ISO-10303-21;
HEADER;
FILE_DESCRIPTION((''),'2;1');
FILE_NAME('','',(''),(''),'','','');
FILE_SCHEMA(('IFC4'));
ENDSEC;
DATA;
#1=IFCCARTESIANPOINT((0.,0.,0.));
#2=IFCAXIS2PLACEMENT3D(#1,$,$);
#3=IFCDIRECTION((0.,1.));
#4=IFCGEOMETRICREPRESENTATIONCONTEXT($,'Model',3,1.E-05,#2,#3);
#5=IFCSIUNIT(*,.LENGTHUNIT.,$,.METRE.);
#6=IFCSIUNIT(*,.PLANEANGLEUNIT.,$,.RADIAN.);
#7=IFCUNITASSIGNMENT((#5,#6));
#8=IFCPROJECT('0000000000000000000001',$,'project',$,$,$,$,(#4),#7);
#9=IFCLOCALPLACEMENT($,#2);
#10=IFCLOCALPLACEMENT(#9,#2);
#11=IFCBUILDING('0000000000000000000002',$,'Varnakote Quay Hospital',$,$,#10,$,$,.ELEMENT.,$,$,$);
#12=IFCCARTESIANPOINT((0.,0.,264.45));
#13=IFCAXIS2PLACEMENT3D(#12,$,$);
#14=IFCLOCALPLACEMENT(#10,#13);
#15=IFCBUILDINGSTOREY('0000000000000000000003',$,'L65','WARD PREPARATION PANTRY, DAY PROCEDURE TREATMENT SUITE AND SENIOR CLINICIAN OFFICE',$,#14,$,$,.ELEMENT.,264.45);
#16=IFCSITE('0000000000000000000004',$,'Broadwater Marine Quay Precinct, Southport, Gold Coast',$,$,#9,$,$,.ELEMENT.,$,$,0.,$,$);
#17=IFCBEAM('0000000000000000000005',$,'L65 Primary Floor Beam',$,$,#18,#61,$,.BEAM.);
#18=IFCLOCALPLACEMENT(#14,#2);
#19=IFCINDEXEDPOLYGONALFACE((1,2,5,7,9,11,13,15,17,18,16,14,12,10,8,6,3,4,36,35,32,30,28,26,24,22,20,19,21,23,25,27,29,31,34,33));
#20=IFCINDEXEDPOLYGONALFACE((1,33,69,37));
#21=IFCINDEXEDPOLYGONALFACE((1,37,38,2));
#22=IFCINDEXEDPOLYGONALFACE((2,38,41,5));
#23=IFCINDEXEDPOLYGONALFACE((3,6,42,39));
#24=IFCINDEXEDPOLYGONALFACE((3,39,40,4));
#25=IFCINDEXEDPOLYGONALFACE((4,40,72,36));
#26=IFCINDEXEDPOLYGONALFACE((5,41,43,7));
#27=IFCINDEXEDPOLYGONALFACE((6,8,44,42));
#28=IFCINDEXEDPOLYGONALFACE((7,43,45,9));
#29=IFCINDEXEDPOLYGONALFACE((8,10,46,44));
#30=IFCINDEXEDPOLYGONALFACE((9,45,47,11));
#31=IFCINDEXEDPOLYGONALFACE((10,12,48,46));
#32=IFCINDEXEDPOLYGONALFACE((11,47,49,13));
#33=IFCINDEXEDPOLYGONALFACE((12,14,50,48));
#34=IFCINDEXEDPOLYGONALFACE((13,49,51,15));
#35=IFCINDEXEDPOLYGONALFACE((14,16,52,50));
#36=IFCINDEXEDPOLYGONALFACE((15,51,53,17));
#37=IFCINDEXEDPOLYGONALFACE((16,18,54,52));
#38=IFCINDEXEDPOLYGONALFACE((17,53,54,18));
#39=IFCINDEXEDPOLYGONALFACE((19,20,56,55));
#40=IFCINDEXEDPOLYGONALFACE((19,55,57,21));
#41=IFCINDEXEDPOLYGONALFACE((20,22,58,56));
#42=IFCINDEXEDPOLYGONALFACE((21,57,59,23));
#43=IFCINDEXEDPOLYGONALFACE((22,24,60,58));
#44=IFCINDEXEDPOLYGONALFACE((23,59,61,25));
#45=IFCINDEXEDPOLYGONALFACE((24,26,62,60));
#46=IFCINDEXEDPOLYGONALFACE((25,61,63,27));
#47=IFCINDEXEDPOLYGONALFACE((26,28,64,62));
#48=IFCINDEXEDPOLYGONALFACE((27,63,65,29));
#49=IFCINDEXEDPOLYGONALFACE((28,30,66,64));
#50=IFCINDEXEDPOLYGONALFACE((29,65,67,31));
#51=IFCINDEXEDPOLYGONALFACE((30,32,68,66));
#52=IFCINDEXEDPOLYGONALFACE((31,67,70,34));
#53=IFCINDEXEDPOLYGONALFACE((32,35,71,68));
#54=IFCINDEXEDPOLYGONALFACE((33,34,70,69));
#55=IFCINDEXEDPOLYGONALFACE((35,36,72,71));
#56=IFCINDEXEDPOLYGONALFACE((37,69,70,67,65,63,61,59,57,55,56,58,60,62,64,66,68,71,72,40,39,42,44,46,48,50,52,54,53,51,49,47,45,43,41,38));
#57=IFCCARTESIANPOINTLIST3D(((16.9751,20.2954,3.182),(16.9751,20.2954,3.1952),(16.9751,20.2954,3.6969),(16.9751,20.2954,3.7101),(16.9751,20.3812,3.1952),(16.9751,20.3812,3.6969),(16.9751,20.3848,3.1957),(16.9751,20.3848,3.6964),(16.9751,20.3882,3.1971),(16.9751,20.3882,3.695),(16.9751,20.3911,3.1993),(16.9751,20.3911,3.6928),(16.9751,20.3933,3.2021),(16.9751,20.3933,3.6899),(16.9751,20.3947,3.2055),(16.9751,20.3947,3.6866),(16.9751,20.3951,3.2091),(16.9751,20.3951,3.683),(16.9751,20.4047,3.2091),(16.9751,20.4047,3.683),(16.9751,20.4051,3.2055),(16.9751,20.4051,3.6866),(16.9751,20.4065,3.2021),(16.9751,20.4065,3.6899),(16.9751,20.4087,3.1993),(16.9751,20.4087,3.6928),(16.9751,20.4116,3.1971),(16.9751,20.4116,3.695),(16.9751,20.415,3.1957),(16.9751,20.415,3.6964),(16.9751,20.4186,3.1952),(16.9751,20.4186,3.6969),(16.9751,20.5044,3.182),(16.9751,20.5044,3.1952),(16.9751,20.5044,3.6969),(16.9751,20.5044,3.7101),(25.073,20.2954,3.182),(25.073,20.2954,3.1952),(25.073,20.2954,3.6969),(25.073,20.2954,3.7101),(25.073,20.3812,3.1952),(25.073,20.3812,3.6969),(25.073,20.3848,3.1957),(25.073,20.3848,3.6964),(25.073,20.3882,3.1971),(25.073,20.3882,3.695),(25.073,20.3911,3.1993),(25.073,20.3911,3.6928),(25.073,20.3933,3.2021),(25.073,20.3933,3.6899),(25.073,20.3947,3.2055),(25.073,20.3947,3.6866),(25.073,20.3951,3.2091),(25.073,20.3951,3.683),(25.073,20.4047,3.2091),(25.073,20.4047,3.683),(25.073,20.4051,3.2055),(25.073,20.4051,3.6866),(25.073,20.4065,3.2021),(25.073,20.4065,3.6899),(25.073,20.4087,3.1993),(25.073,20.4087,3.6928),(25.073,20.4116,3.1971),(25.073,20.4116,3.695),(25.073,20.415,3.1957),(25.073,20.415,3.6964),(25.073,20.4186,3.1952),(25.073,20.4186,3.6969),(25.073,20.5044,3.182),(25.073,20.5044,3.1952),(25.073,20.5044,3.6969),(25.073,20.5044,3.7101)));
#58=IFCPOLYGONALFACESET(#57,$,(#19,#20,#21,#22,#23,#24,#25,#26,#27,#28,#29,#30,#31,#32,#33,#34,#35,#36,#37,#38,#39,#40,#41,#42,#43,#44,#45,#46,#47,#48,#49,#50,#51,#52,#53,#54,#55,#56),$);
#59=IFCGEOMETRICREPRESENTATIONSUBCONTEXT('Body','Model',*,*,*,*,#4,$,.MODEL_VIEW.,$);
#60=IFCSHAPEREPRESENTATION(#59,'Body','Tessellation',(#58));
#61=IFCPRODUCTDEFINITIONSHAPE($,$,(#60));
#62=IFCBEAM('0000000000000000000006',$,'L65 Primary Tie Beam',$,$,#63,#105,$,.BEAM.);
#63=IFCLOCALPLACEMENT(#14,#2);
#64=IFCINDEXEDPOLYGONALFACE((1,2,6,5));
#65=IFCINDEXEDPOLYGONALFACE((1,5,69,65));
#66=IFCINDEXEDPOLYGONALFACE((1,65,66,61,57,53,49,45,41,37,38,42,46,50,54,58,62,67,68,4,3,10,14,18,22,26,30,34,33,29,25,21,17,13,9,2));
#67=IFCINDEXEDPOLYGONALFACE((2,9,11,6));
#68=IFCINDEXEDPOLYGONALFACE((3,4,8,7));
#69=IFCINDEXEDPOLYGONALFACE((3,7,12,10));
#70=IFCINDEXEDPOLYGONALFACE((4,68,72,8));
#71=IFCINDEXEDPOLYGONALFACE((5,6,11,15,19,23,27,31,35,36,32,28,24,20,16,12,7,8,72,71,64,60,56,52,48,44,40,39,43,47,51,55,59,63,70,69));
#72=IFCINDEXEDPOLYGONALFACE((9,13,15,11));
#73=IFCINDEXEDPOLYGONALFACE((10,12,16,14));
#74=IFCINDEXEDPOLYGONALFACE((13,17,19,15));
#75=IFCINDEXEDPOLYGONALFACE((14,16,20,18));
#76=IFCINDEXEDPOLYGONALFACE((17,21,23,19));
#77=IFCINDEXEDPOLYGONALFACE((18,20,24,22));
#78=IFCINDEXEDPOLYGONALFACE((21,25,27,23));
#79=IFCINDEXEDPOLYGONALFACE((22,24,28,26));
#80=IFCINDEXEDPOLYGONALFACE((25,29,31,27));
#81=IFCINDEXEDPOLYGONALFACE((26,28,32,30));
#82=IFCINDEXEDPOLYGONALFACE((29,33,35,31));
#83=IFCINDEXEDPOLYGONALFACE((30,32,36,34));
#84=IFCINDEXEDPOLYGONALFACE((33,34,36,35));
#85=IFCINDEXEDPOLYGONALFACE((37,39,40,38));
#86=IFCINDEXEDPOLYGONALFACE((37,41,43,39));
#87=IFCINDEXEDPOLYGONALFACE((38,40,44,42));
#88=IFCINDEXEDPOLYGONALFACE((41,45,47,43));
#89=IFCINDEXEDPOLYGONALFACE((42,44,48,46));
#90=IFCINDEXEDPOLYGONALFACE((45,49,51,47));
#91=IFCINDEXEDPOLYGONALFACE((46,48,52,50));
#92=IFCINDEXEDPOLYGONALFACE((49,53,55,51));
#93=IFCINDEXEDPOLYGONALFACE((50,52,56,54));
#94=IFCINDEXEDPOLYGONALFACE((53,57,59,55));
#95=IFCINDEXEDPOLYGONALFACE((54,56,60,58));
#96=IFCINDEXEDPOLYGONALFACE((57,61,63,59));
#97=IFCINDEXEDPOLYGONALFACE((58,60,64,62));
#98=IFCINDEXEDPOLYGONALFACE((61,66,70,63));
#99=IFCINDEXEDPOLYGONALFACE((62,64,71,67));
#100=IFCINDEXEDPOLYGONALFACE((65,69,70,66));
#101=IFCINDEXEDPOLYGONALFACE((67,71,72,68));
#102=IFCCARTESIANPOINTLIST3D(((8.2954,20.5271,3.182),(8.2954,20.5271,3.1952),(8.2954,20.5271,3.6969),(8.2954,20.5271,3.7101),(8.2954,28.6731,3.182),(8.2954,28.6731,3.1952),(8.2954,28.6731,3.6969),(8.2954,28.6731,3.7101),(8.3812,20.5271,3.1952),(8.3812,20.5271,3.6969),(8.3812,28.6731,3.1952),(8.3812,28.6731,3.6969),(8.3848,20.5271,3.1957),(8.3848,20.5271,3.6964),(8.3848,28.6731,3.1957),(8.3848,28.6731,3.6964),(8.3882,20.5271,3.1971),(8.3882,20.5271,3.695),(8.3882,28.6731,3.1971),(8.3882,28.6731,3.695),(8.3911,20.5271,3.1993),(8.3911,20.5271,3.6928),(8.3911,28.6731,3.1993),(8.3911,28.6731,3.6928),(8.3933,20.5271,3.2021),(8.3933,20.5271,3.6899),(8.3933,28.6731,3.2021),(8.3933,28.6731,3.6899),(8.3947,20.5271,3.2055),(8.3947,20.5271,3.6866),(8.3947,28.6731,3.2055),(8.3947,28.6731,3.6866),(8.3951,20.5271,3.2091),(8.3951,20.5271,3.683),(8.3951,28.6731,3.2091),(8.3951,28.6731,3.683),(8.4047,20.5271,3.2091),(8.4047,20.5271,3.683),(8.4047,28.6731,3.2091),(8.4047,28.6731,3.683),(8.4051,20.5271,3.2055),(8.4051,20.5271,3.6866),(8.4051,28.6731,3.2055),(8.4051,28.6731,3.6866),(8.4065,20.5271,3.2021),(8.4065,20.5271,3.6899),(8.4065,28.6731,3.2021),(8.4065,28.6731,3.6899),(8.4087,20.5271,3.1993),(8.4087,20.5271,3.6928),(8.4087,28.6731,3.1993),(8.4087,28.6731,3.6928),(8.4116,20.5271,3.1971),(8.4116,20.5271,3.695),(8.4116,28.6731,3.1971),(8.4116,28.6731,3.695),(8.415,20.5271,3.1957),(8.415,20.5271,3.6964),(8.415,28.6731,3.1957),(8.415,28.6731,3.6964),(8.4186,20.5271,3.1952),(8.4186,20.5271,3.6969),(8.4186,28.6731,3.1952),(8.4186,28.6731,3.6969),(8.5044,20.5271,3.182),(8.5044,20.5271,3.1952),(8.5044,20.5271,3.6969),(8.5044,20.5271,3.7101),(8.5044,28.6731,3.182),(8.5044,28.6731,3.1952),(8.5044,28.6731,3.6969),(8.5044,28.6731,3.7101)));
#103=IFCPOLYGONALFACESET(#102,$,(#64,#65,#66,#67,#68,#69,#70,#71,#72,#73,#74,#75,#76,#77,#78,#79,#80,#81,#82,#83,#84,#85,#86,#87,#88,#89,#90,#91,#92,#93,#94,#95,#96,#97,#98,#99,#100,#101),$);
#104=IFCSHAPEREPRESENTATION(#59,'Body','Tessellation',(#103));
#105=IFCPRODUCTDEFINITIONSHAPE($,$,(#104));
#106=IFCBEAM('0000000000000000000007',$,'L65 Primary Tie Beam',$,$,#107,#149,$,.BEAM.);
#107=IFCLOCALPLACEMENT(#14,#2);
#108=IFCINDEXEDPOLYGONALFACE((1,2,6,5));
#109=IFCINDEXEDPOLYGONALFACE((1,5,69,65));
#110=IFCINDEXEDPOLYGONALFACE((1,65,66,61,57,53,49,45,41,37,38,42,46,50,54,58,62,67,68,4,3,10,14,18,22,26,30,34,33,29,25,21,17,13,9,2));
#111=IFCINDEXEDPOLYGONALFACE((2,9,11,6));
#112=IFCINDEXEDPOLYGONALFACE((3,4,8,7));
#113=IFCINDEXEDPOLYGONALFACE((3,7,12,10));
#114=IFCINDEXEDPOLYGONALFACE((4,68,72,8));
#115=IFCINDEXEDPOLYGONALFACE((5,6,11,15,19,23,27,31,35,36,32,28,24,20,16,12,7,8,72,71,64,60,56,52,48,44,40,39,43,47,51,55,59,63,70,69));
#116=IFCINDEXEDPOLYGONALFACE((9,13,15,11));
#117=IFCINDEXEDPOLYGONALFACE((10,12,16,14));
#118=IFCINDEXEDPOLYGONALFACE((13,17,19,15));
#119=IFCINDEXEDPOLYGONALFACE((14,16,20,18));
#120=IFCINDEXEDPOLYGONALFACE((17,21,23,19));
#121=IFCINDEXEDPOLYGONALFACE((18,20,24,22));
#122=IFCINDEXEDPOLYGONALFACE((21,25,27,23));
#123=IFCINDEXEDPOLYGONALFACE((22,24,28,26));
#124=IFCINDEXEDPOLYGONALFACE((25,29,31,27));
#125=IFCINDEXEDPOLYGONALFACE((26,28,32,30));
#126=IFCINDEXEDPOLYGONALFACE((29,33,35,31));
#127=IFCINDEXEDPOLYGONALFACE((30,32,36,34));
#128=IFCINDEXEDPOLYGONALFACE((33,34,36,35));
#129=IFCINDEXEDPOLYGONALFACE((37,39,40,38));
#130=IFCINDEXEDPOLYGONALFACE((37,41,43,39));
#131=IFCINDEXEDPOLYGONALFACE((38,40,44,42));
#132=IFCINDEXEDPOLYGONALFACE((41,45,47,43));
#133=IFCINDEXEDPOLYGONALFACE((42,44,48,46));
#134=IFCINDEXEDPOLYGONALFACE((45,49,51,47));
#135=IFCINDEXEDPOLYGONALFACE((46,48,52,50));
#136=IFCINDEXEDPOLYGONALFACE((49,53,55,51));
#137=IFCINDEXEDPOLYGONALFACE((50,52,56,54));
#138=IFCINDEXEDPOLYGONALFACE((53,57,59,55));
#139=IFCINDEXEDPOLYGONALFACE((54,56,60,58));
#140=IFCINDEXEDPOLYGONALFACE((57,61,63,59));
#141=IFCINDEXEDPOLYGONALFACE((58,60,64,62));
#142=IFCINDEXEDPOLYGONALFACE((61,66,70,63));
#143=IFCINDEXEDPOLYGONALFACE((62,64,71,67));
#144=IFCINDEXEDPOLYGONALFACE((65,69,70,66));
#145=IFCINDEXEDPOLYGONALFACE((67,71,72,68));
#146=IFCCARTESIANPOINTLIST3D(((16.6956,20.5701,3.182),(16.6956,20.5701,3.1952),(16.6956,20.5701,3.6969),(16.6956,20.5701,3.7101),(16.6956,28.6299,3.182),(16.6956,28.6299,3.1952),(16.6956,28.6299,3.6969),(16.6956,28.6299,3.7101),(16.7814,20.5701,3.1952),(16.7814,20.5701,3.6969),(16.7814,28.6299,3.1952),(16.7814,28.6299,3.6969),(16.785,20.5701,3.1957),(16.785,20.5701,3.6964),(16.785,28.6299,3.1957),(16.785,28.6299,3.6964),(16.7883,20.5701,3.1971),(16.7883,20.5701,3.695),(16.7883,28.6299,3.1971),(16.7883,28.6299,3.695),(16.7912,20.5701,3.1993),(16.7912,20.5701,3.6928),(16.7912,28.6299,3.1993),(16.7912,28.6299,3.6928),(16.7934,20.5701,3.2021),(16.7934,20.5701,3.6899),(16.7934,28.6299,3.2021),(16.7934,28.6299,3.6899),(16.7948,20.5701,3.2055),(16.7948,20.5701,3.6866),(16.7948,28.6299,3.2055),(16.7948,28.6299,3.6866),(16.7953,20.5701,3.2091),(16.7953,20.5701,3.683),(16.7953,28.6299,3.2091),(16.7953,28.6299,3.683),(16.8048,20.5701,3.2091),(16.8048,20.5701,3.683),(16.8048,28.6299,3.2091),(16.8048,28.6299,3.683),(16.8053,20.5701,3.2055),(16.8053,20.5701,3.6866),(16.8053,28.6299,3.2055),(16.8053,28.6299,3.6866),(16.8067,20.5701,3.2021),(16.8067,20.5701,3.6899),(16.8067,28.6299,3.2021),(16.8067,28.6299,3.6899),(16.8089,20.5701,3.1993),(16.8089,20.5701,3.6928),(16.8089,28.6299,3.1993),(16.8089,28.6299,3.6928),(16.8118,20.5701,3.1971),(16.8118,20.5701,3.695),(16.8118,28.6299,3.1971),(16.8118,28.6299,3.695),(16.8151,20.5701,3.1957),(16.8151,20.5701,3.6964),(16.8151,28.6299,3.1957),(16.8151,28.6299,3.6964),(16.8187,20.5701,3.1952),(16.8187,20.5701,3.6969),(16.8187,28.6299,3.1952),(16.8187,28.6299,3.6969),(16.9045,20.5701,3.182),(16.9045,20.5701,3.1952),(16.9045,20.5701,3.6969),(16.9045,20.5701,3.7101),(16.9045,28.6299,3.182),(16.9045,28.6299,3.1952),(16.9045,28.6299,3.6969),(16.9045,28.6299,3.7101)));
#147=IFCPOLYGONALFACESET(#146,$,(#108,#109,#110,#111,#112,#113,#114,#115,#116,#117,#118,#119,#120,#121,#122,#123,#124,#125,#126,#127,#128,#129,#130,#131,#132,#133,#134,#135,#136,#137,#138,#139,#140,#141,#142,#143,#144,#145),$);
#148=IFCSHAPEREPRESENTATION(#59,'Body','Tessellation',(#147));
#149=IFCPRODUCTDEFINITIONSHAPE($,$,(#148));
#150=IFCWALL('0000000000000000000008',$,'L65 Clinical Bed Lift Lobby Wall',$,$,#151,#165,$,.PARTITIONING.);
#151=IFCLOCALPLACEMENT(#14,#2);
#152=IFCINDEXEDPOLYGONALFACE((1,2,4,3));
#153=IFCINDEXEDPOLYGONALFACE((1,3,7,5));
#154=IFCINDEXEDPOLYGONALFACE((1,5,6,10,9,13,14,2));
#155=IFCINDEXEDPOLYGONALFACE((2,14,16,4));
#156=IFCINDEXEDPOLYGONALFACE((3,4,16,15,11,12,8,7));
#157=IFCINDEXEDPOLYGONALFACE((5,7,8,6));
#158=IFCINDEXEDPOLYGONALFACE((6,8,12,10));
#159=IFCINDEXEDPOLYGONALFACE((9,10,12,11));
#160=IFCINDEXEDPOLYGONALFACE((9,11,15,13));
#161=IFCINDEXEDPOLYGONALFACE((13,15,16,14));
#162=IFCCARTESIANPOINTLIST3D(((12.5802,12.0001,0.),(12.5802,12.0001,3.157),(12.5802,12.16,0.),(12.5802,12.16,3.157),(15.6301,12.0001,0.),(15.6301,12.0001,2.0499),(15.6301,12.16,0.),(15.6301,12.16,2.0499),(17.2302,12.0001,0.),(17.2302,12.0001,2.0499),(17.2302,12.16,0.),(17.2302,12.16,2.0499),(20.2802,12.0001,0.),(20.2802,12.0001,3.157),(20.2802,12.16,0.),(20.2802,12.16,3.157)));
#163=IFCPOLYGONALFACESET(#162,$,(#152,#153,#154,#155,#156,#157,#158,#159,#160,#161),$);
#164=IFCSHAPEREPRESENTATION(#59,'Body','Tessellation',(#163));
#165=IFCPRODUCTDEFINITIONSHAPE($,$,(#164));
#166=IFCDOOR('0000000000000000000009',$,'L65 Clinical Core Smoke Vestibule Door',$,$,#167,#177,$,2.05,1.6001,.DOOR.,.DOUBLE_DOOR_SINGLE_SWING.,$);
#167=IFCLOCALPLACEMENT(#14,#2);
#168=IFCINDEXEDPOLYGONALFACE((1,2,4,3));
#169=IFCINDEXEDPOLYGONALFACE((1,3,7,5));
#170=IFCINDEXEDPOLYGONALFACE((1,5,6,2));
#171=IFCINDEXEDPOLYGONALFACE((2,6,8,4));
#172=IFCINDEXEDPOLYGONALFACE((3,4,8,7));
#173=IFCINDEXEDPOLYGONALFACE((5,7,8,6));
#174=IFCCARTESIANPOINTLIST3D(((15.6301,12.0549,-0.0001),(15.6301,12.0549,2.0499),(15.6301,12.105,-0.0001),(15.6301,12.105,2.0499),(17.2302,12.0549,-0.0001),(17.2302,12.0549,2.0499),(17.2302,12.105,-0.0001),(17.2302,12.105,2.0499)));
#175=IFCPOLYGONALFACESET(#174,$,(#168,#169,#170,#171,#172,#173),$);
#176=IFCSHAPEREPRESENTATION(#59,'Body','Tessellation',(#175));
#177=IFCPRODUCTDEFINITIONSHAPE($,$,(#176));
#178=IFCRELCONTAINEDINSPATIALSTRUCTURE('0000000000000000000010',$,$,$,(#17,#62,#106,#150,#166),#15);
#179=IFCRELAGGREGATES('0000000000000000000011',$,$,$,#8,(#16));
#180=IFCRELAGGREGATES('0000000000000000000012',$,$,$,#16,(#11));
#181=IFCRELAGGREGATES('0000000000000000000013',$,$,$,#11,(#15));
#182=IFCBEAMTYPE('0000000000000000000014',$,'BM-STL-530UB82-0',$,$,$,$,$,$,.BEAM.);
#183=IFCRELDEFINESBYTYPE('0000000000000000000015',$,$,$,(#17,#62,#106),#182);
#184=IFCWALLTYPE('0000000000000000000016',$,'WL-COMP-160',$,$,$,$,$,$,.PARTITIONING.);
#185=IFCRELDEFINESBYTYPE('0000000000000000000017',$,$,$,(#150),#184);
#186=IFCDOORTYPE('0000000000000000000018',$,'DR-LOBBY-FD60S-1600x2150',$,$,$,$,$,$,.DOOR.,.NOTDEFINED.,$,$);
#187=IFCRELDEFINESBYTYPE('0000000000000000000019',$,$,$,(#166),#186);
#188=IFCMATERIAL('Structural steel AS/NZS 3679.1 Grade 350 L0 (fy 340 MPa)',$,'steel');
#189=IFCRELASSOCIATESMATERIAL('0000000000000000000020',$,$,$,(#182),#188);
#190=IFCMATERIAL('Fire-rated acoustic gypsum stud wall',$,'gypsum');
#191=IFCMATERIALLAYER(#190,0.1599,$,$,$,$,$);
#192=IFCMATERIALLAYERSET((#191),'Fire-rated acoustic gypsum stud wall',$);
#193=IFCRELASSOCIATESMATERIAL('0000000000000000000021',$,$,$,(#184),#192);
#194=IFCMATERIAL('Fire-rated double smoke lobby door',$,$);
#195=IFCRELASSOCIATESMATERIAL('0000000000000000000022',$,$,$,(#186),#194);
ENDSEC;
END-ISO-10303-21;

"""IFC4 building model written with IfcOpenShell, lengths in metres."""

from ifc_helpers import new_model, si_unit, direction, frame, frame_2d, origin, origin_2d, place, context, subcontext, project, spatial, rectangle, i_section, extrude, material, layer, layer_set, material_profile, profile_set, type_object, element, fill, save


model = new_model("IFC4")

# Units and contexts
model_context = context("Model", 3, precision=1e-05, world=origin(), true_north=direction((0.0, 1.0)))
body_context = subcontext(model_context, "Body", "Model", "MODEL_VIEW")
ifc_project = project(units=[si_unit("LENGTHUNIT", "METRE"), si_unit("PLANEANGLEUNIT", "RADIAN")], contexts=[model_context])

# Site, building, storey
site_placement = place(None, origin())
site = spatial("IfcSite", under=ifc_project, at=site_placement, Name="Broadwater Marine Quay Precinct, Southport, Gold Coast", CompositionType="ELEMENT", RefElevation=0.0)
building_placement = place(site_placement, origin())
building = spatial("IfcBuilding", under=site, at=building_placement, Name="Varnakote Quay Hospital", CompositionType="ELEMENT")
storey_placement = place(building_placement, frame((0.0, 0.0, 264.45)))
storey = spatial("IfcBuildingStorey", under=building, at=storey_placement, Name="L65", Description="WARD PREPARATION PANTRY, DAY PROCEDURE TREATMENT SUITE AND SENIOR CLINICIAN OFFICE", CompositionType="ELEMENT", Elevation=264.45)

# Beams
ifc_material_1 = material(Name="Structural steel AS/NZS 3679.1 Grade 350 L0 (fy 340 MPa)", Category="steel")
ifc_material_profile_1 = material_profile(ifc_material_1, i_section(OverallWidth=0.209, OverallDepth=0.5281, WebThickness=0.0095, FlangeThickness=0.0132, FilletRadius=0.0139, at=origin_2d()), Name="530UB82.0")
ifc_profile_set_1 = profile_set([ifc_material_profile_1], Name="Structural steel AS/NZS 3679.1 Grade 350 L0 (fy 340 MPa)")
beam_type = type_object("IfcBeamType", Name="BM-STL-530UB82-0", PredefinedType="BEAM", material=ifc_profile_set_1)
for number, where, z_axis, x_axis, name in (
    (1, (16.9751, 20.3999, 3.446), (1.0, 0.0, 0.0), (0.0, 1.0, 0.0), "L65 Primary Floor Beam"),
):
    element("IfcBeam", number, at=place(storey_placement, frame(where, z_axis=z_axis, x_axis=x_axis)), inside=storey, type_object=beam_type, Name=name, PredefinedType="BEAM", context=body_context, shape_type="SweptSolid", body=[
        extrude(i_section(OverallWidth=0.209, OverallDepth=0.5281, WebThickness=0.0095, FlangeThickness=0.0132, FilletRadius=0.0139, at=origin_2d()), origin(), (0.0, 0.0, 1.0), 8.0979),
    ])
beam_1_placement = place(storey_placement, frame((8.3999, 20.5271, 3.446), z_axis=(0.0, 1.0, 0.0), x_axis=(-1.0, 0.0, 0.0)))
element("IfcBeam", 2, at=beam_1_placement, inside=storey, type_object=beam_type, Name="L65 Primary Tie Beam", PredefinedType="BEAM", context=body_context, shape_type="SweptSolid", body=[
    extrude(i_section(OverallWidth=0.209, OverallDepth=0.5281, WebThickness=0.0095, FlangeThickness=0.0132, FilletRadius=0.0139, at=origin_2d()), origin(), (0.0, 0.0, 1.0), 8.146),
])
beam_2_placement = place(storey_placement, frame((16.8, 20.5701, 3.446), z_axis=(0.0, 1.0, 0.0), x_axis=(-1.0, 0.0, 0.0)))
element("IfcBeam", 3, at=beam_2_placement, inside=storey, type_object=beam_type, Name="L65 Primary Tie Beam", PredefinedType="BEAM", context=body_context, shape_type="SweptSolid", body=[
    extrude(i_section(OverallWidth=0.209, OverallDepth=0.5281, WebThickness=0.0095, FlangeThickness=0.0132, FilletRadius=0.0139, at=origin_2d()), origin(), (0.0, 0.0, 1.0), 8.0598),
])

# Wall, opening, door
ifc_material_2 = material(Name="Fire-rated acoustic gypsum stud wall", Category="gypsum")
ifc_layer_1 = layer(ifc_material_2, 0.1599)
ifc_layer_set_1 = layer_set([ifc_layer_1], Name="Fire-rated acoustic gypsum stud wall")
wall_type_1 = type_object("IfcWallType", Name="WL-COMP-160", PredefinedType="PARTITIONING", material=ifc_layer_set_1)
wall_1_placement = place(storey_placement, frame((12.5801, 12.0801, 0.0), z_axis=(0.0, 0.0, 1.0), x_axis=(1.0, 0.0, 0.0)))
wall_1 = element("IfcWall", 4, at=wall_1_placement, inside=storey, type_object=wall_type_1, Name="L65 Clinical Bed Lift Lobby Wall", PredefinedType="PARTITIONING", context=body_context, shape_type="SweptSolid", body=[
    extrude(rectangle(XDim=7.7, YDim=0.1599, at=frame_2d((3.8501, 0.0))), origin(), (0.0, 0.0, 1.0), 3.157),
])
opening_1_placement = place(wall_1_placement, frame((3.05, 0.0, 0.0)))
opening_1 = element("IfcOpeningElement", 5, at=opening_1_placement, cuts=wall_1, PredefinedType="OPENING", context=body_context, shape_type="SweptSolid", body=[
    extrude(rectangle(XDim=1.6001, YDim=2.05, at=frame_2d((0.8, 1.0249))), frame((0.0, 0.0898, 0.0), z_axis=(0.0, -1.0, 0.0), x_axis=(1.0, 0.0, 0.0)), (0.0, 0.0, 1.0), 0.1799),
])
ifc_material_3 = material(Name="Fire-rated double smoke lobby door")
door_type_1 = type_object("IfcDoorType", Name="DR-LOBBY-FD60S-1600x2150", OperationType="NOTDEFINED", PredefinedType="DOOR", material=ifc_material_3)
door_1_placement = place(opening_1_placement, origin())
door_1 = element("IfcDoor", 6, at=door_1_placement, inside=storey, type_object=door_type_1, Name="L65 Clinical Core Smoke Vestibule Door", OperationType="DOUBLE_DOOR_SINGLE_SWING", OverallHeight=2.05, OverallWidth=1.6001, PredefinedType="DOOR", context=body_context, shape_type="SweptSolid", body=[
    extrude(rectangle(XDim=1.6001, YDim=2.05, at=frame_2d((0.8, 1.0249))), frame((0.0, 0.0249, 0.0), z_axis=(0.0, -1.0, 0.0), x_axis=(1.0, 0.0, 0.0)), (0.0, 0.0, 1.0), 0.05),
])
fill(opening_1, door_1)

save(model, "model.ifc")
